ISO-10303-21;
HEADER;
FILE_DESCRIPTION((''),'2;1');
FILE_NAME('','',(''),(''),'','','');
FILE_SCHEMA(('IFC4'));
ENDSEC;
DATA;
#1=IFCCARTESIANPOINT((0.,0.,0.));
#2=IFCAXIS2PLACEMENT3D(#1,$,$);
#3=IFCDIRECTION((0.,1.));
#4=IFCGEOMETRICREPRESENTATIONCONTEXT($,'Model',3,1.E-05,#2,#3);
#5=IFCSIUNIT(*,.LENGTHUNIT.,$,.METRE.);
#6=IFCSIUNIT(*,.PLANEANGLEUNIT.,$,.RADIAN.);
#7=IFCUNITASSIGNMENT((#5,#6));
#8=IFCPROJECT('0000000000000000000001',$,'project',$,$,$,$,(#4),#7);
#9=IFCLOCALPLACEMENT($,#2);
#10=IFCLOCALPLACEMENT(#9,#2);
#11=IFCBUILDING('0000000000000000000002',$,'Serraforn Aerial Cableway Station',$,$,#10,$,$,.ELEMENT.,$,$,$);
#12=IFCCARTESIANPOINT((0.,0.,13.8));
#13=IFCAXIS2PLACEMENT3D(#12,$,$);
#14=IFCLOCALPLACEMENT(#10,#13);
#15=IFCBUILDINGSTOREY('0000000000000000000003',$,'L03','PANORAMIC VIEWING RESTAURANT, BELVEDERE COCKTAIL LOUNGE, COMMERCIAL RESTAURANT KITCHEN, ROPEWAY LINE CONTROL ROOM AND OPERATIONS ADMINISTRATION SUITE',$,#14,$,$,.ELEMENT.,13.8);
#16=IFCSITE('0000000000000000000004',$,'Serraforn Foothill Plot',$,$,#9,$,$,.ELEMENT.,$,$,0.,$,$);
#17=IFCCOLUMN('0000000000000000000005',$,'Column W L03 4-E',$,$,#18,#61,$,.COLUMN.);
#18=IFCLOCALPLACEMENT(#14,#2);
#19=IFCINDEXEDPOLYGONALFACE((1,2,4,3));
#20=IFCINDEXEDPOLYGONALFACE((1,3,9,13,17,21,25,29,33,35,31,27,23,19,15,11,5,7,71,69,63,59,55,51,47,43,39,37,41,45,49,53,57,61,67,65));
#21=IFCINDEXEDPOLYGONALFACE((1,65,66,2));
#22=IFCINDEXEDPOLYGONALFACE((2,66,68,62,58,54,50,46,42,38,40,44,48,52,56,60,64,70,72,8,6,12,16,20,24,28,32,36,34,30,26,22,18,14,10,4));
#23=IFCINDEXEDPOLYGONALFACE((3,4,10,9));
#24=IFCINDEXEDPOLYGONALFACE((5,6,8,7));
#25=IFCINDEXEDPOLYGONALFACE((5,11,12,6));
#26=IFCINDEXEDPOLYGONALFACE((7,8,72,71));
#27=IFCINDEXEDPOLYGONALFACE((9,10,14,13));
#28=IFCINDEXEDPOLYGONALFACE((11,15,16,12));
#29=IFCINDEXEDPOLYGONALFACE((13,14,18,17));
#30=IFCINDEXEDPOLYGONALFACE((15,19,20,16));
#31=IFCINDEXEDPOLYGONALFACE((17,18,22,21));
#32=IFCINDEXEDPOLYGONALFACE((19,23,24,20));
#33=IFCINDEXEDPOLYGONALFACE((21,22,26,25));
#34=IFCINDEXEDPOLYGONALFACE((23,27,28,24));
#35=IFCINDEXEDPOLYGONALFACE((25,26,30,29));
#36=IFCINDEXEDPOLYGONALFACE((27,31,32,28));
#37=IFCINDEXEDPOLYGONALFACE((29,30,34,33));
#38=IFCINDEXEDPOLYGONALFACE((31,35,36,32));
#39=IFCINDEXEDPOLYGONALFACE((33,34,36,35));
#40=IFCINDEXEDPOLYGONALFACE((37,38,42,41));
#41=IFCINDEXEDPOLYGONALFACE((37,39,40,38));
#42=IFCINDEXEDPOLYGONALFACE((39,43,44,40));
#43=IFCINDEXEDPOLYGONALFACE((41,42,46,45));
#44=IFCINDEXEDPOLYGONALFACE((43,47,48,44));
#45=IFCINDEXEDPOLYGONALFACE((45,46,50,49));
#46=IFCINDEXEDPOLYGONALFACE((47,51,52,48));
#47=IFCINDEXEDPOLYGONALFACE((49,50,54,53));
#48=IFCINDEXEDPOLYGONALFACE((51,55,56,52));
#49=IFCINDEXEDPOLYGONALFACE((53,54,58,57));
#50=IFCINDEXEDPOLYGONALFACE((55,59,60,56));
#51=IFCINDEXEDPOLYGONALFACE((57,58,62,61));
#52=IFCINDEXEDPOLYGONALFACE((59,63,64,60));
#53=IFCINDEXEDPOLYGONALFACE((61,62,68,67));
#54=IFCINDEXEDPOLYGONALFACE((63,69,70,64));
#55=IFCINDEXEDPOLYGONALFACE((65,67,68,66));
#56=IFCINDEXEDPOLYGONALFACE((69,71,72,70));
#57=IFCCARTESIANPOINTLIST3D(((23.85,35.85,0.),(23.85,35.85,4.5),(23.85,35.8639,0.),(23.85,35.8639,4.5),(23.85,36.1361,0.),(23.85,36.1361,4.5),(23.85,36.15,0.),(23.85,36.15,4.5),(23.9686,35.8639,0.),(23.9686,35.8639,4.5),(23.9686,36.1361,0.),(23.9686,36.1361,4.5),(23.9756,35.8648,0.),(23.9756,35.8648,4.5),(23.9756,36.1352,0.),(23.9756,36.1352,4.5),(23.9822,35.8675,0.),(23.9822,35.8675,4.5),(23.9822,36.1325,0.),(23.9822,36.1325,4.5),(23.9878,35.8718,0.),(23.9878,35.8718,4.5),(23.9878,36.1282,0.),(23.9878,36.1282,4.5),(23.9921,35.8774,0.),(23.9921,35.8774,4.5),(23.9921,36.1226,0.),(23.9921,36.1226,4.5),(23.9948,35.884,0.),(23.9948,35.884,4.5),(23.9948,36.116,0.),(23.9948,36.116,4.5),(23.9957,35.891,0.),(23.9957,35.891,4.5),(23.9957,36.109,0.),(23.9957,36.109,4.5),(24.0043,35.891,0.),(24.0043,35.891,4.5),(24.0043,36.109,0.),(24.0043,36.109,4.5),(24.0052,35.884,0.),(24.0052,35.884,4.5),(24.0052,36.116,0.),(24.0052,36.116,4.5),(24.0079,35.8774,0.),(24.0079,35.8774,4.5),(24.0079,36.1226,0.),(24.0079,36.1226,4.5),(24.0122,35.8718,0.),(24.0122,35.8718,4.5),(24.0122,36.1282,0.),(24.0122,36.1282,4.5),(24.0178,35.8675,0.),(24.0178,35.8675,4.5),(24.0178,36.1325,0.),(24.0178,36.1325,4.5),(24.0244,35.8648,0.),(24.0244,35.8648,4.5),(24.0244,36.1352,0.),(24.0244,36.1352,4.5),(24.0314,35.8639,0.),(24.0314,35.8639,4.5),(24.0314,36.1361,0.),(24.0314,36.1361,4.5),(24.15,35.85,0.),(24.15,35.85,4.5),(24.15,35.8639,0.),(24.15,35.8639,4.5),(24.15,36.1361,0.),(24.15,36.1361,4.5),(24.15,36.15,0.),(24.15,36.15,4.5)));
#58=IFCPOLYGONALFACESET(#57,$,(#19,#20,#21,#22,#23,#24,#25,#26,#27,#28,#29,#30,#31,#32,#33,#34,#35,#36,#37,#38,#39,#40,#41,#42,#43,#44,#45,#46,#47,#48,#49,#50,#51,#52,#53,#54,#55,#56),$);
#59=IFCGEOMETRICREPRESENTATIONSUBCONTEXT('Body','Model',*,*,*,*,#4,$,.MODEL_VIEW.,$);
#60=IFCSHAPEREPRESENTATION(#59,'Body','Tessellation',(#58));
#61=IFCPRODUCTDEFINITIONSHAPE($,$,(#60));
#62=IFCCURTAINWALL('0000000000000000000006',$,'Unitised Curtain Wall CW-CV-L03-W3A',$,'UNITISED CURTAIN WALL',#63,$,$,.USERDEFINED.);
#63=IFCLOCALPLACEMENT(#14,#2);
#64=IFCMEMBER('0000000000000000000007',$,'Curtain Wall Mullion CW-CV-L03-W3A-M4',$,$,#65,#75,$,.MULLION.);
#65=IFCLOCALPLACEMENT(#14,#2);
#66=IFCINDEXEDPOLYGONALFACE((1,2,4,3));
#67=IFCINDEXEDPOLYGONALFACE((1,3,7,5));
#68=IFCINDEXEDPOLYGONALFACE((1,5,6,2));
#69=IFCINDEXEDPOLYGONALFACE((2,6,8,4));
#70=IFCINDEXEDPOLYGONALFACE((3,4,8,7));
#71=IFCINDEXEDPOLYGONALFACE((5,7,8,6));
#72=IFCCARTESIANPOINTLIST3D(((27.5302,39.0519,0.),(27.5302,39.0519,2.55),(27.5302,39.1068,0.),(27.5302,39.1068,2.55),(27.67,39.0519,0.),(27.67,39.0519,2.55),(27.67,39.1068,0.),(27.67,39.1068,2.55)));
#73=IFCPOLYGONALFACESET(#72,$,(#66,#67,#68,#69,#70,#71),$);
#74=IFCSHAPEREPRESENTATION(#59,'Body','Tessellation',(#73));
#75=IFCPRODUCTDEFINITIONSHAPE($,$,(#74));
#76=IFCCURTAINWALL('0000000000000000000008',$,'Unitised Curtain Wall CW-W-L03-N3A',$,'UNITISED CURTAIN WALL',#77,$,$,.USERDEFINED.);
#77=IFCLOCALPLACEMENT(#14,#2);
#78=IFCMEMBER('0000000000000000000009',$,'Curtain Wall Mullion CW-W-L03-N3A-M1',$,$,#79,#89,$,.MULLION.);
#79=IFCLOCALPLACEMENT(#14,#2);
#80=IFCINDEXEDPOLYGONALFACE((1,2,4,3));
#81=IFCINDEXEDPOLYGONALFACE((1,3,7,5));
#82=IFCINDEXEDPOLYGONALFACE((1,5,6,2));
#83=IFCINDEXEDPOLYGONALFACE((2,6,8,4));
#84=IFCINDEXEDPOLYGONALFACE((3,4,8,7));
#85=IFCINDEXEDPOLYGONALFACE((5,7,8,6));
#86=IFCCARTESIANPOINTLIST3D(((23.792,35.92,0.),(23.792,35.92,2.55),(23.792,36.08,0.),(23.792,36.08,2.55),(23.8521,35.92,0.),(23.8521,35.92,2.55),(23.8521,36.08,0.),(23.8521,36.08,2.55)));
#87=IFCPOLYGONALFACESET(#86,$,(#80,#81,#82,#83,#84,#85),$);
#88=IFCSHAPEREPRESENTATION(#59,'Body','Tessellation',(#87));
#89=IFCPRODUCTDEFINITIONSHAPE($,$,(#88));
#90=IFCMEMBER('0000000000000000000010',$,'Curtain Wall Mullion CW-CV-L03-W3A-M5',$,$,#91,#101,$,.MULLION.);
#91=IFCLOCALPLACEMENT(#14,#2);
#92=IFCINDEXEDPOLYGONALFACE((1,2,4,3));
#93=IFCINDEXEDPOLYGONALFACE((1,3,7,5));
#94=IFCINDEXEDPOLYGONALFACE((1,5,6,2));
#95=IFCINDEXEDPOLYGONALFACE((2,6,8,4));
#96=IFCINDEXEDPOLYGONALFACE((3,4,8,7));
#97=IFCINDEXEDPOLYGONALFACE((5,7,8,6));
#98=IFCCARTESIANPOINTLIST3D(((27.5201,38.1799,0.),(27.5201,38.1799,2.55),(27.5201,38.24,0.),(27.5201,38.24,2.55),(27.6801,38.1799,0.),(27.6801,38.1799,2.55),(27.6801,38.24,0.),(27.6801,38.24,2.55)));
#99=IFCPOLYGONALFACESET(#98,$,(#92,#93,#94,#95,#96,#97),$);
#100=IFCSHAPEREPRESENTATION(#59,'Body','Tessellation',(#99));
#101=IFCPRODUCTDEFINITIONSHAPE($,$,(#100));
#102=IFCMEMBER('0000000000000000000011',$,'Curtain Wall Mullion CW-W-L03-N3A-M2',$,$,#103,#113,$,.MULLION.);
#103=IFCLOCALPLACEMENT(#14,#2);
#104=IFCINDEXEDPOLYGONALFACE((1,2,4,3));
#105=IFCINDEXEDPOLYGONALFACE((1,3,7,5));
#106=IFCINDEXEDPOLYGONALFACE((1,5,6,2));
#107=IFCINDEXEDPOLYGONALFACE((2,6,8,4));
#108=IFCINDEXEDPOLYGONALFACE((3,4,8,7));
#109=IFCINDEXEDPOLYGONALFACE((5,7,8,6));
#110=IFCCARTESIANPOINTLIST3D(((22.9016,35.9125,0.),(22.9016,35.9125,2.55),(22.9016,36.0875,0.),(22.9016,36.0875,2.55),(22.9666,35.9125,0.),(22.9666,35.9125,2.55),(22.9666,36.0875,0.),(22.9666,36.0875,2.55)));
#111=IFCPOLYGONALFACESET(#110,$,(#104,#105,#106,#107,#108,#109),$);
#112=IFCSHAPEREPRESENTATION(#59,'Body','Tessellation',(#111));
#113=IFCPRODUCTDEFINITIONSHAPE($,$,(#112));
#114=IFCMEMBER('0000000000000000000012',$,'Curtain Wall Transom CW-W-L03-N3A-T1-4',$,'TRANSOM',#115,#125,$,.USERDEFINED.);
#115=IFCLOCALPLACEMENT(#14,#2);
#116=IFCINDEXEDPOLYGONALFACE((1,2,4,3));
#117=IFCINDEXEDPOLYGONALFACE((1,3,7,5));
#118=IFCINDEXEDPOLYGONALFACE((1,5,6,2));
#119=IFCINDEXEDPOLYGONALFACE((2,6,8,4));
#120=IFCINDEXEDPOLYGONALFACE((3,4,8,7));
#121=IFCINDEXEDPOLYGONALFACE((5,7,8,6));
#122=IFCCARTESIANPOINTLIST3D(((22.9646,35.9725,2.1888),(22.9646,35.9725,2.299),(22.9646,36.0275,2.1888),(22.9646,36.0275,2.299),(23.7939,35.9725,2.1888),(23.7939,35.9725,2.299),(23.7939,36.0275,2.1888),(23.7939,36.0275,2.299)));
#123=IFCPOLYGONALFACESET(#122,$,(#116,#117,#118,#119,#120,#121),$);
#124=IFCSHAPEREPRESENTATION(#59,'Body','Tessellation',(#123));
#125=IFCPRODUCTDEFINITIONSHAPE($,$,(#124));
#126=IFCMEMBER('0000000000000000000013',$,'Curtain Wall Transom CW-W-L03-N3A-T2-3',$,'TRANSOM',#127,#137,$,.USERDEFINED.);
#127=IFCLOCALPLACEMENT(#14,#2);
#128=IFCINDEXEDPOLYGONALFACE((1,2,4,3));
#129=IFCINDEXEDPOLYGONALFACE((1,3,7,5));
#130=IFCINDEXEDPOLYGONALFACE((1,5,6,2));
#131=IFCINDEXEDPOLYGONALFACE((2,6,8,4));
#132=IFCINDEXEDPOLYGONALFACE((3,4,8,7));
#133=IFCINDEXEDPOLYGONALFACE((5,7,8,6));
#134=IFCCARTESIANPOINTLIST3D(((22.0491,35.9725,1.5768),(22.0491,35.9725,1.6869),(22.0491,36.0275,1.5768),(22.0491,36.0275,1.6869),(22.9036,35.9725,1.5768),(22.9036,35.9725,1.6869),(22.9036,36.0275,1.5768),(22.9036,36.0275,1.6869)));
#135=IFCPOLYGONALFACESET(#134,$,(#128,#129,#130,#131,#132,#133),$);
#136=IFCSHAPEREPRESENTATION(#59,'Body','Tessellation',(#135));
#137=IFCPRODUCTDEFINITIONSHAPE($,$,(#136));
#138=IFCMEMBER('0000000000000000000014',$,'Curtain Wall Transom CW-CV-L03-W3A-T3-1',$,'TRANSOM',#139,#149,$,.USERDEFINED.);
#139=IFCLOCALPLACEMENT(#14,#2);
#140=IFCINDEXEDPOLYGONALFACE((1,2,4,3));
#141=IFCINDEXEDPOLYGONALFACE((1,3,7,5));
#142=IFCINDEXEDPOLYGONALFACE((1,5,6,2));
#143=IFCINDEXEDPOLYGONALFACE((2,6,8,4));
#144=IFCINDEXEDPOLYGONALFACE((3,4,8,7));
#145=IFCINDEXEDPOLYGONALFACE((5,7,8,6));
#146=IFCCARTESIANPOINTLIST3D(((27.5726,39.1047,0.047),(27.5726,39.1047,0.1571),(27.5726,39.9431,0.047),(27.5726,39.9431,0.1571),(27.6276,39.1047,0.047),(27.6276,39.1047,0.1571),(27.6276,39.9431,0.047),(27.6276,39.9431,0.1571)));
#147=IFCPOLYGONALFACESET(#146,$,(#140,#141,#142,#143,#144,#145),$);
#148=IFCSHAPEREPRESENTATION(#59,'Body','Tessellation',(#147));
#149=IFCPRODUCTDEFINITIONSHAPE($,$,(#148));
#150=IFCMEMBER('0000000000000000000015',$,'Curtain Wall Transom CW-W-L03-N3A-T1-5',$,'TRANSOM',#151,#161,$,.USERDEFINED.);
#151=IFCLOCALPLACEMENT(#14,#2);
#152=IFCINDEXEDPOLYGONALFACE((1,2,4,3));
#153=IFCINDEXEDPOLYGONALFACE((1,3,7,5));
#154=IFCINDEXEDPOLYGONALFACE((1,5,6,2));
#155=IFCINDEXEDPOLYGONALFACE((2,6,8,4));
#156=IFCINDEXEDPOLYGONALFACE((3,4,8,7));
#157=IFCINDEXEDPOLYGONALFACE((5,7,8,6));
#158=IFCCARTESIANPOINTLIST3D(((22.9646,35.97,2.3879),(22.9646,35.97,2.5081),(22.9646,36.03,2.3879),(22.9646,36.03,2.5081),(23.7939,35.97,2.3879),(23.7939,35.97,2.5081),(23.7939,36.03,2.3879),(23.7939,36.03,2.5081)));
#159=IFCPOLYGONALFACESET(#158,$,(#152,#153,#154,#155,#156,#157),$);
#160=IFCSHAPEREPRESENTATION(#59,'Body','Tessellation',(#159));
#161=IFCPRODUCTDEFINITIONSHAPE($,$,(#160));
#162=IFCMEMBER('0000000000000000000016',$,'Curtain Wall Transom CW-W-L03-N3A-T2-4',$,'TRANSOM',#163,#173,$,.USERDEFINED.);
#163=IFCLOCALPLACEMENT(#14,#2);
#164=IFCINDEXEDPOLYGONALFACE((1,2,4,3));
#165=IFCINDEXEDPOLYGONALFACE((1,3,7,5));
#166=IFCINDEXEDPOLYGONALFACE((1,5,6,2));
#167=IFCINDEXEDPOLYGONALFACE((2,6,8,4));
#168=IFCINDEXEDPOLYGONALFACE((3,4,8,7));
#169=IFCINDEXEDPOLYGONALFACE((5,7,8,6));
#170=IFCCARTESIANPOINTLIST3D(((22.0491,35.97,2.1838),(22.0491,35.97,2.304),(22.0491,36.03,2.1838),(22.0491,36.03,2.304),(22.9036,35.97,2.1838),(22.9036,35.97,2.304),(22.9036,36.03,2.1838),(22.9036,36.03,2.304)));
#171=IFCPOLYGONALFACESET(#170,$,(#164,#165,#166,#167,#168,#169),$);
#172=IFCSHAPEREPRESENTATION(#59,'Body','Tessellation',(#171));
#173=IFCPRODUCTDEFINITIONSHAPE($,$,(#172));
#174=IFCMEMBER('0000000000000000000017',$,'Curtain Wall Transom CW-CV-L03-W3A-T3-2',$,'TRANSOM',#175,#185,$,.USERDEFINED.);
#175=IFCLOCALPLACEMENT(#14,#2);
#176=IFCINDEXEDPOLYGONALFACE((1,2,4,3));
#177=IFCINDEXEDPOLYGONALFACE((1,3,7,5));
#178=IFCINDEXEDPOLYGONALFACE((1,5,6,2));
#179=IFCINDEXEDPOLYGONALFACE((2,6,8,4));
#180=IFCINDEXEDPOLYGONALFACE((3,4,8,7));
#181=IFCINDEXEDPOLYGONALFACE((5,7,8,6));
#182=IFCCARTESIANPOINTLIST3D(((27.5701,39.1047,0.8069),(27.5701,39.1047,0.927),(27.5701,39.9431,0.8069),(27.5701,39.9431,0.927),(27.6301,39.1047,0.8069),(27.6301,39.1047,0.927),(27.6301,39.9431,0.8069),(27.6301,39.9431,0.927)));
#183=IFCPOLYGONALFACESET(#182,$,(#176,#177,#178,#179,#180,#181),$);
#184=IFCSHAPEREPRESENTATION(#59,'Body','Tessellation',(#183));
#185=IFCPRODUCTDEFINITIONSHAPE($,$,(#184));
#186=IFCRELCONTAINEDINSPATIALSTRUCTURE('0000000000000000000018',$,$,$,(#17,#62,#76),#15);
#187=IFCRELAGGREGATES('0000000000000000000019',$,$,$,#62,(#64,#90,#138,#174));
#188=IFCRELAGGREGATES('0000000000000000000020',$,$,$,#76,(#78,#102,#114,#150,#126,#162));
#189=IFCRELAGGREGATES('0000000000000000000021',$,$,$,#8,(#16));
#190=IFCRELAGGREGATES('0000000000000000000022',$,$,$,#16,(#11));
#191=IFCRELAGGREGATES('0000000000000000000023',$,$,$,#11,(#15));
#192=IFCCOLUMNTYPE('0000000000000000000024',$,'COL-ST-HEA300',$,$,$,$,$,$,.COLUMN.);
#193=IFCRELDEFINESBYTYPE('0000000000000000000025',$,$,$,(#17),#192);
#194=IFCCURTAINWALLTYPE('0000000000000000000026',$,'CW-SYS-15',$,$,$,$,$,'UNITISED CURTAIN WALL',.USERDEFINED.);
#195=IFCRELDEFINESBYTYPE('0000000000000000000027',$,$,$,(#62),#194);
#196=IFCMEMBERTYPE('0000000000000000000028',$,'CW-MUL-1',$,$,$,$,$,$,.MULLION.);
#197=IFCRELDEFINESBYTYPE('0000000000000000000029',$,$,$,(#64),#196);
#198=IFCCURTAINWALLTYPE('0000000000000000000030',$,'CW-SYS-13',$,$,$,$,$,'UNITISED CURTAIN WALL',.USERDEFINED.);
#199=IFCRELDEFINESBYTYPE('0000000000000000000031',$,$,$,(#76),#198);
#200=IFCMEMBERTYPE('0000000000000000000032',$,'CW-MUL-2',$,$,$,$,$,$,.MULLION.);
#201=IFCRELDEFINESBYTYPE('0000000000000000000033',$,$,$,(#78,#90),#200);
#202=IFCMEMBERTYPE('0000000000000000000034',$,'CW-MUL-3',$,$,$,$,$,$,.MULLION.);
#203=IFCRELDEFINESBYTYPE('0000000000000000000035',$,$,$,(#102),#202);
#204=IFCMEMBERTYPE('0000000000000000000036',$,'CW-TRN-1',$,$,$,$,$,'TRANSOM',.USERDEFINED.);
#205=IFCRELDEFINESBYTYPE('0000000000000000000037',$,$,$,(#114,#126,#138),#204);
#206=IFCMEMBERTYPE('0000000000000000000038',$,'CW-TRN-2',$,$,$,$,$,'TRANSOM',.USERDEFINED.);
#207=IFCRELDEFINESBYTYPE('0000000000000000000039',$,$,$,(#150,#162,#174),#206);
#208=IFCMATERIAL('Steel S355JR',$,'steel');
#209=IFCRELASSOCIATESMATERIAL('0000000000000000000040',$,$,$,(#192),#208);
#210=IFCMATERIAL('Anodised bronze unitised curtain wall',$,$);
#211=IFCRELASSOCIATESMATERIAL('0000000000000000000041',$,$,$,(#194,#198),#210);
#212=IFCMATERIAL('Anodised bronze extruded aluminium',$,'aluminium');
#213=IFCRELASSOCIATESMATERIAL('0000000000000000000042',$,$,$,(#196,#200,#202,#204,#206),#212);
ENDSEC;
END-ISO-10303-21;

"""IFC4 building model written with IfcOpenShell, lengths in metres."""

from ifc_helpers import new_model, si_unit, direction, frame, origin, origin_2d, place, context, subcontext, project, spatial, rectangle, i_section, extrude, material, material_profile, profile_set, type_object, element, aggregate, save


model = new_model("IFC4")

# Units and contexts
model_context = context("Model", 3, precision=1e-05, world=origin(), true_north=direction((0.0, 1.0)))
body_context = subcontext(model_context, "Body", "Model", "MODEL_VIEW")
ifc_project = project(units=[si_unit("LENGTHUNIT", "METRE"), si_unit("PLANEANGLEUNIT", "RADIAN")], contexts=[model_context])

# Site, building, storey
site_placement = place(None, origin())
site = spatial("IfcSite", under=ifc_project, at=site_placement, Name="Serraforn Foothill Plot", CompositionType="ELEMENT", RefElevation=0.0)
building_placement = place(site_placement, origin())
building = spatial("IfcBuilding", under=site, at=building_placement, Name="Serraforn Aerial Cableway Station", CompositionType="ELEMENT")
storey_placement = place(building_placement, frame((0.0, 0.0, 13.8)))
storey = spatial("IfcBuildingStorey", under=building, at=storey_placement, Name="L03", Description="PANORAMIC VIEWING RESTAURANT, BELVEDERE COCKTAIL LOUNGE, COMMERCIAL RESTAURANT KITCHEN, ROPEWAY LINE CONTROL ROOM AND OPERATIONS ADMINISTRATION SUITE", CompositionType="ELEMENT", Elevation=13.8)

# Column
ifc_material_1 = material(Name="Steel S355JR", Category="steel")
ifc_material_profile_1 = material_profile(ifc_material_1, i_section(OverallWidth=0.3, OverallDepth=0.3, WebThickness=0.0085, FlangeThickness=0.0139, FilletRadius=0.0271, at=origin_2d()), Name="HEA 300")
ifc_profile_set_1 = profile_set([ifc_material_profile_1], Name="Steel S355JR")
column_type = type_object("IfcColumnType", Name="COL-ST-HEA300", PredefinedType="COLUMN", material=ifc_profile_set_1)
column_placement = place(storey_placement, frame((24.0, 36.0, 0.0), z_axis=(0.0, 0.0, 1.0), x_axis=(1.0, 0.0, 0.0)))
element("IfcColumn", 1, at=column_placement, inside=storey, type_object=column_type, Name="Column W L03 4-E", PredefinedType="COLUMN", context=body_context, shape_type="SweptSolid", body=[
    extrude(i_section(OverallWidth=0.3, OverallDepth=0.3, WebThickness=0.0085, FlangeThickness=0.0139, FilletRadius=0.0271, at=origin_2d()), origin(), (0.0, 0.0, 1.0), 4.5),
])

# Curtain walls, members
ifc_material_2 = material(Name="Anodised bronze unitised curtain wall")
curtain_wall_type_1 = type_object("IfcCurtainWallType", Name="CW-SYS-15", ElementType="UNITISED CURTAIN WALL", PredefinedType="USERDEFINED", material=ifc_material_2)
curtain_wall_1_placement = place(storey_placement, origin())
curtain_wall_1 = element("IfcCurtainWall", 2, at=curtain_wall_1_placement, inside=storey, type_object=curtain_wall_type_1, Name="Unitised Curtain Wall CW-CV-L03-W3A", ObjectType="UNITISED CURTAIN WALL", PredefinedType="USERDEFINED")
ifc_material_3 = material(Name="Anodised bronze extruded aluminium", Category="aluminium")
ifc_material_profile_2 = material_profile(ifc_material_3, rectangle(XDim=0.0549, YDim=0.1399, at=origin_2d()), Name="CW MULLION 55x140")
ifc_profile_set_2 = profile_set([ifc_material_profile_2], Name="Anodised bronze extruded aluminium")
member_type_1 = type_object("IfcMemberType", Name="CW-MUL-1", PredefinedType="MULLION", material=ifc_profile_set_2)
member_1_placement = place(storey_placement, frame((27.6001, 39.0793, 0.0), z_axis=(0.0, 0.0, 1.0), x_axis=(0.0, -1.0, 0.0)))
member_1 = element("IfcMember", 3, at=member_1_placement, type_object=member_type_1, Name="Curtain Wall Mullion CW-CV-L03-W3A-M4", PredefinedType="MULLION", context=body_context, shape_type="SweptSolid", body=[
    extrude(rectangle(XDim=0.0549, YDim=0.1399, at=origin_2d()), origin(), (0.0, 0.0, 1.0), 2.55),
])
curtain_wall_type_2 = type_object("IfcCurtainWallType", Name="CW-SYS-13", ElementType="UNITISED CURTAIN WALL", PredefinedType="USERDEFINED", material=ifc_material_2)
curtain_wall_2_placement = place(storey_placement, origin())
curtain_wall_2 = element("IfcCurtainWall", 4, at=curtain_wall_2_placement, inside=storey, type_object=curtain_wall_type_2, Name="Unitised Curtain Wall CW-W-L03-N3A", ObjectType="UNITISED CURTAIN WALL", PredefinedType="USERDEFINED")
ifc_material_profile_3 = material_profile(ifc_material_3, rectangle(XDim=0.0601, YDim=0.1599, at=origin_2d()), Name="CW MULLION 60x160")
ifc_profile_set_3 = profile_set([ifc_material_profile_3], Name="Anodised bronze extruded aluminium")
member_type_2 = type_object("IfcMemberType", Name="CW-MUL-2", PredefinedType="MULLION", material=ifc_profile_set_3)
member_2_placement = place(storey_placement, frame((23.822, 36.0, 0.0), z_axis=(0.0, 0.0, 1.0), x_axis=(-1.0, 0.0, 0.0)))
member_2 = element("IfcMember", 5, at=member_2_placement, type_object=member_type_2, Name="Curtain Wall Mullion CW-W-L03-N3A-M1", PredefinedType="MULLION", context=body_context, shape_type="SweptSolid", body=[
    extrude(rectangle(XDim=0.0601, YDim=0.1599, at=origin_2d()), origin(), (0.0, 0.0, 1.0), 2.55),
])

# Members
member_3_placement = place(storey_placement, frame((27.6001, 38.21, 0.0), z_axis=(0.0, 0.0, 1.0), x_axis=(0.0, -1.0, 0.0)))
member_3 = element("IfcMember", 6, at=member_3_placement, type_object=member_type_2, Name="Curtain Wall Mullion CW-CV-L03-W3A-M5", PredefinedType="MULLION", context=body_context, shape_type="SweptSolid", body=[
    extrude(rectangle(XDim=0.0601, YDim=0.1599, at=origin_2d()), origin(), (0.0, 0.0, 1.0), 2.55),
])
ifc_material_profile_4 = material_profile(ifc_material_3, rectangle(XDim=0.0649, YDim=0.175, at=origin_2d()), Name="CW MULLION 65x175")
ifc_profile_set_4 = profile_set([ifc_material_profile_4], Name="Anodised bronze extruded aluminium")
member_type_3 = type_object("IfcMemberType", Name="CW-MUL-3", PredefinedType="MULLION", material=ifc_profile_set_4)
member_4_placement = place(storey_placement, frame((22.9341, 36.0, 0.0), z_axis=(0.0, 0.0, 1.0), x_axis=(-1.0, 0.0, 0.0)))
member_4 = element("IfcMember", 7, at=member_4_placement, type_object=member_type_3, Name="Curtain Wall Mullion CW-W-L03-N3A-M2", PredefinedType="MULLION", context=body_context, shape_type="SweptSolid", body=[
    extrude(rectangle(XDim=0.0649, YDim=0.175, at=origin_2d()), origin(), (0.0, 0.0, 1.0), 2.55),
])
ifc_material_profile_5 = material_profile(ifc_material_3, rectangle(XDim=0.0549, YDim=0.1101, at=origin_2d()), Name="CW TRANSOM 55x110")
ifc_profile_set_5 = profile_set([ifc_material_profile_5], Name="Anodised bronze extruded aluminium")
member_type_4 = type_object("IfcMemberType", Name="CW-TRN-1", ElementType="TRANSOM", PredefinedType="USERDEFINED", material=ifc_profile_set_5)
member_5_placement = place(storey_placement, frame((23.7939, 36.0, 2.2439), z_axis=(-1.0, 0.0, 0.0), x_axis=(0.0, -1.0, 0.0)))
member_5 = element("IfcMember", 8, at=member_5_placement, type_object=member_type_4, Name="Curtain Wall Transom CW-W-L03-N3A-T1-4", ObjectType="TRANSOM", PredefinedType="USERDEFINED", context=body_context, shape_type="SweptSolid", body=[
    extrude(rectangle(XDim=0.0549, YDim=0.1101, at=origin_2d()), origin(), (0.0, 0.0, 1.0), 0.8293),
])
member_6_placement = place(storey_placement, frame((22.9036, 36.0, 1.6318), z_axis=(-1.0, 0.0, 0.0), x_axis=(0.0, -1.0, 0.0)))
member_6 = element("IfcMember", 9, at=member_6_placement, type_object=member_type_4, Name="Curtain Wall Transom CW-W-L03-N3A-T2-3", ObjectType="TRANSOM", PredefinedType="USERDEFINED", context=body_context, shape_type="SweptSolid", body=[
    extrude(rectangle(XDim=0.0549, YDim=0.1101, at=origin_2d()), origin(), (0.0, 0.0, 1.0), 0.8545),
])
member_7_placement = place(storey_placement, frame((27.6001, 39.9431, 0.1021), z_axis=(0.0, -1.0, 0.0), x_axis=(1.0, 0.0, 0.0)))
member_7 = element("IfcMember", 10, at=member_7_placement, type_object=member_type_4, Name="Curtain Wall Transom CW-CV-L03-W3A-T3-1", ObjectType="TRANSOM", PredefinedType="USERDEFINED", context=body_context, shape_type="SweptSolid", body=[
    extrude(rectangle(XDim=0.0549, YDim=0.1101, at=origin_2d()), origin(), (0.0, 0.0, 1.0), 0.8384),
])
ifc_material_profile_6 = material_profile(ifc_material_3, rectangle(XDim=0.0601, YDim=0.1201, at=origin_2d()), Name="CW TRANSOM 60x120")
ifc_profile_set_6 = profile_set([ifc_material_profile_6], Name="Anodised bronze extruded aluminium")
member_type_5 = type_object("IfcMemberType", Name="CW-TRN-2", ElementType="TRANSOM", PredefinedType="USERDEFINED", material=ifc_profile_set_6)
member_8_placement = place(storey_placement, frame((23.7939, 36.0, 2.448), z_axis=(-1.0, 0.0, 0.0), x_axis=(0.0, -1.0, 0.0)))
member_8 = element("IfcMember", 11, at=member_8_placement, type_object=member_type_5, Name="Curtain Wall Transom CW-W-L03-N3A-T1-5", ObjectType="TRANSOM", PredefinedType="USERDEFINED", context=body_context, shape_type="SweptSolid", body=[
    extrude(rectangle(XDim=0.0601, YDim=0.1201, at=origin_2d()), origin(), (0.0, 0.0, 1.0), 0.8293),
])
member_9_placement = place(storey_placement, frame((22.9036, 36.0, 2.2439), z_axis=(-1.0, 0.0, 0.0), x_axis=(0.0, -1.0, 0.0)))
member_9 = element("IfcMember", 12, at=member_9_placement, type_object=member_type_5, Name="Curtain Wall Transom CW-W-L03-N3A-T2-4", ObjectType="TRANSOM", PredefinedType="USERDEFINED", context=body_context, shape_type="SweptSolid", body=[
    extrude(rectangle(XDim=0.0601, YDim=0.1201, at=origin_2d()), origin(), (0.0, 0.0, 1.0), 0.8545),
])
member_10_placement = place(storey_placement, frame((27.6001, 39.9431, 0.8669), z_axis=(0.0, -1.0, 0.0), x_axis=(1.0, 0.0, 0.0)))
member_10 = element("IfcMember", 13, at=member_10_placement, type_object=member_type_5, Name="Curtain Wall Transom CW-CV-L03-W3A-T3-2", ObjectType="TRANSOM", PredefinedType="USERDEFINED", context=body_context, shape_type="SweptSolid", body=[
    extrude(rectangle(XDim=0.0601, YDim=0.1201, at=origin_2d()), origin(), (0.0, 0.0, 1.0), 0.8384),
])
aggregate(curtain_wall_1, [member_1, member_3, member_7, member_10])

aggregate(curtain_wall_2, [member_2, member_4, member_5, member_8, member_6, member_9])

save(model, "model.ifc")
